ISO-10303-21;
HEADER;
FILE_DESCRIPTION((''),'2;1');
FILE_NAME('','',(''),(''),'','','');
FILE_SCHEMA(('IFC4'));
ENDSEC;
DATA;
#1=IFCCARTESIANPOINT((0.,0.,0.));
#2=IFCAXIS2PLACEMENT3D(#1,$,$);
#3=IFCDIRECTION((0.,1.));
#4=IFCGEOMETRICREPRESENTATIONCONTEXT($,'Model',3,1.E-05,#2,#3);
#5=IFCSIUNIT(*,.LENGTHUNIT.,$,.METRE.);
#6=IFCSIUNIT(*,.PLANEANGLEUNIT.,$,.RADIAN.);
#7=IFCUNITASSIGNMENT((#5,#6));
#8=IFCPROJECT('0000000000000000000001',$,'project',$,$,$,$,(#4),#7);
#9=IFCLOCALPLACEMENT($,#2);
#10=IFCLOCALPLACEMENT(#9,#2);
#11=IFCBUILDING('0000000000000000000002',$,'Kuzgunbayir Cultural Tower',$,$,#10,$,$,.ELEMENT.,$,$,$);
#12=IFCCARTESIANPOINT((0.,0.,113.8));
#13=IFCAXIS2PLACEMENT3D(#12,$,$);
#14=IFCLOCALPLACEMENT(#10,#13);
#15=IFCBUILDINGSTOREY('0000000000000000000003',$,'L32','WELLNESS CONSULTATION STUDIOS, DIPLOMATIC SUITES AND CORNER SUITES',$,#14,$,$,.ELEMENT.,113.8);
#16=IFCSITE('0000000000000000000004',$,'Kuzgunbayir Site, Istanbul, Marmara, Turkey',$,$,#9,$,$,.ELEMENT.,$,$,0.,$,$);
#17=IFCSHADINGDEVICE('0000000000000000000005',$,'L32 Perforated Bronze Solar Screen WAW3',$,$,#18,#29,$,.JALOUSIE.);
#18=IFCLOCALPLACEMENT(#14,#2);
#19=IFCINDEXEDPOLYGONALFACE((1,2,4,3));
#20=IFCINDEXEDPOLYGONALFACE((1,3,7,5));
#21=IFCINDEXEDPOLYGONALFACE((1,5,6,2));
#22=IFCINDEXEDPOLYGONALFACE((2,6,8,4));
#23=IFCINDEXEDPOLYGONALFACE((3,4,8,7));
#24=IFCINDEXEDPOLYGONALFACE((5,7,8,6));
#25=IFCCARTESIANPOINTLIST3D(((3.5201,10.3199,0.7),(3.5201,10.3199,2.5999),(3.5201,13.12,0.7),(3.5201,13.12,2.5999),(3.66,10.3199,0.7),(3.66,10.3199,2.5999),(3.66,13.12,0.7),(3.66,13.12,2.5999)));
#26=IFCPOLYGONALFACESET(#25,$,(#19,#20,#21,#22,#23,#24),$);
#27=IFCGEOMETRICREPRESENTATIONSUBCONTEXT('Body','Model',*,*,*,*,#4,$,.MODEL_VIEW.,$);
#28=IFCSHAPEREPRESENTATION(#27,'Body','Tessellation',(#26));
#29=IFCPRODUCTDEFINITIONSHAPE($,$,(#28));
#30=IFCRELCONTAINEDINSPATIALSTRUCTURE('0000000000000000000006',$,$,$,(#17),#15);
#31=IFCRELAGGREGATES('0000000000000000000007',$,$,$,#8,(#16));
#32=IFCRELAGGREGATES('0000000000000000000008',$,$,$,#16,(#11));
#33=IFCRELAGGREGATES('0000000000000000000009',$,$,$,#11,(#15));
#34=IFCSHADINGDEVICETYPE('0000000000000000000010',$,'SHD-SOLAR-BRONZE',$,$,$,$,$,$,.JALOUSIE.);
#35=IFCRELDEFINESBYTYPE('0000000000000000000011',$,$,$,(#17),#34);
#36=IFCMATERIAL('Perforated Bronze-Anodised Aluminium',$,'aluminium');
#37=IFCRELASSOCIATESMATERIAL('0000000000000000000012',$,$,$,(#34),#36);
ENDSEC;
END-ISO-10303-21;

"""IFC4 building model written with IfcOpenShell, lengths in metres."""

from ifc_helpers import new_model, si_unit, direction, frame, origin, origin_2d, place, context, subcontext, project, spatial, rectangle, extrude, material, type_object, element, save


model = new_model("IFC4")

# Units and contexts
model_context = context("Model", 3, precision=1e-05, world=origin(), true_north=direction((0.0, 1.0)))
body_context = subcontext(model_context, "Body", "Model", "MODEL_VIEW")
ifc_project = project(units=[si_unit("LENGTHUNIT", "METRE"), si_unit("PLANEANGLEUNIT", "RADIAN")], contexts=[model_context])

# Site, building, storey
site_placement = place(None, origin())
site = spatial("IfcSite", under=ifc_project, at=site_placement, Name="Kuzgunbayir Site, Istanbul, Marmara, Turkey", CompositionType="ELEMENT", RefElevation=0.0)
building_placement = place(site_placement, origin())
building = spatial("IfcBuilding", under=site, at=building_placement, Name="Kuzgunbayir Cultural Tower", CompositionType="ELEMENT")
storey_placement = place(building_placement, frame((0.0, 0.0, 113.8)))
storey = spatial("IfcBuildingStorey", under=building, at=storey_placement, Name="L32", Description="WELLNESS CONSULTATION STUDIOS, DIPLOMATIC SUITES AND CORNER SUITES", CompositionType="ELEMENT", Elevation=113.8)

# Shading device
ifc_material_1 = material(Name="Perforated Bronze-Anodised Aluminium", Category="aluminium")
shading_device_type = type_object("IfcShadingDeviceType", Name="SHD-SOLAR-BRONZE", PredefinedType="JALOUSIE", material=ifc_material_1)
shading_device_placement = place(storey_placement, frame((3.5901, 11.72, 0.7), z_axis=(0.0, 0.0, 1.0), x_axis=(1.0, 0.0, 0.0)))
element("IfcShadingDevice", 1, at=shading_device_placement, inside=storey, type_object=shading_device_type, Name="L32 Perforated Bronze Solar Screen WAW3", PredefinedType="JALOUSIE", context=body_context, shape_type="SweptSolid", body=[
    extrude(rectangle(XDim=0.1399, YDim=2.8, at=origin_2d()), origin(), (0.0, 0.0, 1.0), 1.8999),
])

save(model, "model.ifc")
